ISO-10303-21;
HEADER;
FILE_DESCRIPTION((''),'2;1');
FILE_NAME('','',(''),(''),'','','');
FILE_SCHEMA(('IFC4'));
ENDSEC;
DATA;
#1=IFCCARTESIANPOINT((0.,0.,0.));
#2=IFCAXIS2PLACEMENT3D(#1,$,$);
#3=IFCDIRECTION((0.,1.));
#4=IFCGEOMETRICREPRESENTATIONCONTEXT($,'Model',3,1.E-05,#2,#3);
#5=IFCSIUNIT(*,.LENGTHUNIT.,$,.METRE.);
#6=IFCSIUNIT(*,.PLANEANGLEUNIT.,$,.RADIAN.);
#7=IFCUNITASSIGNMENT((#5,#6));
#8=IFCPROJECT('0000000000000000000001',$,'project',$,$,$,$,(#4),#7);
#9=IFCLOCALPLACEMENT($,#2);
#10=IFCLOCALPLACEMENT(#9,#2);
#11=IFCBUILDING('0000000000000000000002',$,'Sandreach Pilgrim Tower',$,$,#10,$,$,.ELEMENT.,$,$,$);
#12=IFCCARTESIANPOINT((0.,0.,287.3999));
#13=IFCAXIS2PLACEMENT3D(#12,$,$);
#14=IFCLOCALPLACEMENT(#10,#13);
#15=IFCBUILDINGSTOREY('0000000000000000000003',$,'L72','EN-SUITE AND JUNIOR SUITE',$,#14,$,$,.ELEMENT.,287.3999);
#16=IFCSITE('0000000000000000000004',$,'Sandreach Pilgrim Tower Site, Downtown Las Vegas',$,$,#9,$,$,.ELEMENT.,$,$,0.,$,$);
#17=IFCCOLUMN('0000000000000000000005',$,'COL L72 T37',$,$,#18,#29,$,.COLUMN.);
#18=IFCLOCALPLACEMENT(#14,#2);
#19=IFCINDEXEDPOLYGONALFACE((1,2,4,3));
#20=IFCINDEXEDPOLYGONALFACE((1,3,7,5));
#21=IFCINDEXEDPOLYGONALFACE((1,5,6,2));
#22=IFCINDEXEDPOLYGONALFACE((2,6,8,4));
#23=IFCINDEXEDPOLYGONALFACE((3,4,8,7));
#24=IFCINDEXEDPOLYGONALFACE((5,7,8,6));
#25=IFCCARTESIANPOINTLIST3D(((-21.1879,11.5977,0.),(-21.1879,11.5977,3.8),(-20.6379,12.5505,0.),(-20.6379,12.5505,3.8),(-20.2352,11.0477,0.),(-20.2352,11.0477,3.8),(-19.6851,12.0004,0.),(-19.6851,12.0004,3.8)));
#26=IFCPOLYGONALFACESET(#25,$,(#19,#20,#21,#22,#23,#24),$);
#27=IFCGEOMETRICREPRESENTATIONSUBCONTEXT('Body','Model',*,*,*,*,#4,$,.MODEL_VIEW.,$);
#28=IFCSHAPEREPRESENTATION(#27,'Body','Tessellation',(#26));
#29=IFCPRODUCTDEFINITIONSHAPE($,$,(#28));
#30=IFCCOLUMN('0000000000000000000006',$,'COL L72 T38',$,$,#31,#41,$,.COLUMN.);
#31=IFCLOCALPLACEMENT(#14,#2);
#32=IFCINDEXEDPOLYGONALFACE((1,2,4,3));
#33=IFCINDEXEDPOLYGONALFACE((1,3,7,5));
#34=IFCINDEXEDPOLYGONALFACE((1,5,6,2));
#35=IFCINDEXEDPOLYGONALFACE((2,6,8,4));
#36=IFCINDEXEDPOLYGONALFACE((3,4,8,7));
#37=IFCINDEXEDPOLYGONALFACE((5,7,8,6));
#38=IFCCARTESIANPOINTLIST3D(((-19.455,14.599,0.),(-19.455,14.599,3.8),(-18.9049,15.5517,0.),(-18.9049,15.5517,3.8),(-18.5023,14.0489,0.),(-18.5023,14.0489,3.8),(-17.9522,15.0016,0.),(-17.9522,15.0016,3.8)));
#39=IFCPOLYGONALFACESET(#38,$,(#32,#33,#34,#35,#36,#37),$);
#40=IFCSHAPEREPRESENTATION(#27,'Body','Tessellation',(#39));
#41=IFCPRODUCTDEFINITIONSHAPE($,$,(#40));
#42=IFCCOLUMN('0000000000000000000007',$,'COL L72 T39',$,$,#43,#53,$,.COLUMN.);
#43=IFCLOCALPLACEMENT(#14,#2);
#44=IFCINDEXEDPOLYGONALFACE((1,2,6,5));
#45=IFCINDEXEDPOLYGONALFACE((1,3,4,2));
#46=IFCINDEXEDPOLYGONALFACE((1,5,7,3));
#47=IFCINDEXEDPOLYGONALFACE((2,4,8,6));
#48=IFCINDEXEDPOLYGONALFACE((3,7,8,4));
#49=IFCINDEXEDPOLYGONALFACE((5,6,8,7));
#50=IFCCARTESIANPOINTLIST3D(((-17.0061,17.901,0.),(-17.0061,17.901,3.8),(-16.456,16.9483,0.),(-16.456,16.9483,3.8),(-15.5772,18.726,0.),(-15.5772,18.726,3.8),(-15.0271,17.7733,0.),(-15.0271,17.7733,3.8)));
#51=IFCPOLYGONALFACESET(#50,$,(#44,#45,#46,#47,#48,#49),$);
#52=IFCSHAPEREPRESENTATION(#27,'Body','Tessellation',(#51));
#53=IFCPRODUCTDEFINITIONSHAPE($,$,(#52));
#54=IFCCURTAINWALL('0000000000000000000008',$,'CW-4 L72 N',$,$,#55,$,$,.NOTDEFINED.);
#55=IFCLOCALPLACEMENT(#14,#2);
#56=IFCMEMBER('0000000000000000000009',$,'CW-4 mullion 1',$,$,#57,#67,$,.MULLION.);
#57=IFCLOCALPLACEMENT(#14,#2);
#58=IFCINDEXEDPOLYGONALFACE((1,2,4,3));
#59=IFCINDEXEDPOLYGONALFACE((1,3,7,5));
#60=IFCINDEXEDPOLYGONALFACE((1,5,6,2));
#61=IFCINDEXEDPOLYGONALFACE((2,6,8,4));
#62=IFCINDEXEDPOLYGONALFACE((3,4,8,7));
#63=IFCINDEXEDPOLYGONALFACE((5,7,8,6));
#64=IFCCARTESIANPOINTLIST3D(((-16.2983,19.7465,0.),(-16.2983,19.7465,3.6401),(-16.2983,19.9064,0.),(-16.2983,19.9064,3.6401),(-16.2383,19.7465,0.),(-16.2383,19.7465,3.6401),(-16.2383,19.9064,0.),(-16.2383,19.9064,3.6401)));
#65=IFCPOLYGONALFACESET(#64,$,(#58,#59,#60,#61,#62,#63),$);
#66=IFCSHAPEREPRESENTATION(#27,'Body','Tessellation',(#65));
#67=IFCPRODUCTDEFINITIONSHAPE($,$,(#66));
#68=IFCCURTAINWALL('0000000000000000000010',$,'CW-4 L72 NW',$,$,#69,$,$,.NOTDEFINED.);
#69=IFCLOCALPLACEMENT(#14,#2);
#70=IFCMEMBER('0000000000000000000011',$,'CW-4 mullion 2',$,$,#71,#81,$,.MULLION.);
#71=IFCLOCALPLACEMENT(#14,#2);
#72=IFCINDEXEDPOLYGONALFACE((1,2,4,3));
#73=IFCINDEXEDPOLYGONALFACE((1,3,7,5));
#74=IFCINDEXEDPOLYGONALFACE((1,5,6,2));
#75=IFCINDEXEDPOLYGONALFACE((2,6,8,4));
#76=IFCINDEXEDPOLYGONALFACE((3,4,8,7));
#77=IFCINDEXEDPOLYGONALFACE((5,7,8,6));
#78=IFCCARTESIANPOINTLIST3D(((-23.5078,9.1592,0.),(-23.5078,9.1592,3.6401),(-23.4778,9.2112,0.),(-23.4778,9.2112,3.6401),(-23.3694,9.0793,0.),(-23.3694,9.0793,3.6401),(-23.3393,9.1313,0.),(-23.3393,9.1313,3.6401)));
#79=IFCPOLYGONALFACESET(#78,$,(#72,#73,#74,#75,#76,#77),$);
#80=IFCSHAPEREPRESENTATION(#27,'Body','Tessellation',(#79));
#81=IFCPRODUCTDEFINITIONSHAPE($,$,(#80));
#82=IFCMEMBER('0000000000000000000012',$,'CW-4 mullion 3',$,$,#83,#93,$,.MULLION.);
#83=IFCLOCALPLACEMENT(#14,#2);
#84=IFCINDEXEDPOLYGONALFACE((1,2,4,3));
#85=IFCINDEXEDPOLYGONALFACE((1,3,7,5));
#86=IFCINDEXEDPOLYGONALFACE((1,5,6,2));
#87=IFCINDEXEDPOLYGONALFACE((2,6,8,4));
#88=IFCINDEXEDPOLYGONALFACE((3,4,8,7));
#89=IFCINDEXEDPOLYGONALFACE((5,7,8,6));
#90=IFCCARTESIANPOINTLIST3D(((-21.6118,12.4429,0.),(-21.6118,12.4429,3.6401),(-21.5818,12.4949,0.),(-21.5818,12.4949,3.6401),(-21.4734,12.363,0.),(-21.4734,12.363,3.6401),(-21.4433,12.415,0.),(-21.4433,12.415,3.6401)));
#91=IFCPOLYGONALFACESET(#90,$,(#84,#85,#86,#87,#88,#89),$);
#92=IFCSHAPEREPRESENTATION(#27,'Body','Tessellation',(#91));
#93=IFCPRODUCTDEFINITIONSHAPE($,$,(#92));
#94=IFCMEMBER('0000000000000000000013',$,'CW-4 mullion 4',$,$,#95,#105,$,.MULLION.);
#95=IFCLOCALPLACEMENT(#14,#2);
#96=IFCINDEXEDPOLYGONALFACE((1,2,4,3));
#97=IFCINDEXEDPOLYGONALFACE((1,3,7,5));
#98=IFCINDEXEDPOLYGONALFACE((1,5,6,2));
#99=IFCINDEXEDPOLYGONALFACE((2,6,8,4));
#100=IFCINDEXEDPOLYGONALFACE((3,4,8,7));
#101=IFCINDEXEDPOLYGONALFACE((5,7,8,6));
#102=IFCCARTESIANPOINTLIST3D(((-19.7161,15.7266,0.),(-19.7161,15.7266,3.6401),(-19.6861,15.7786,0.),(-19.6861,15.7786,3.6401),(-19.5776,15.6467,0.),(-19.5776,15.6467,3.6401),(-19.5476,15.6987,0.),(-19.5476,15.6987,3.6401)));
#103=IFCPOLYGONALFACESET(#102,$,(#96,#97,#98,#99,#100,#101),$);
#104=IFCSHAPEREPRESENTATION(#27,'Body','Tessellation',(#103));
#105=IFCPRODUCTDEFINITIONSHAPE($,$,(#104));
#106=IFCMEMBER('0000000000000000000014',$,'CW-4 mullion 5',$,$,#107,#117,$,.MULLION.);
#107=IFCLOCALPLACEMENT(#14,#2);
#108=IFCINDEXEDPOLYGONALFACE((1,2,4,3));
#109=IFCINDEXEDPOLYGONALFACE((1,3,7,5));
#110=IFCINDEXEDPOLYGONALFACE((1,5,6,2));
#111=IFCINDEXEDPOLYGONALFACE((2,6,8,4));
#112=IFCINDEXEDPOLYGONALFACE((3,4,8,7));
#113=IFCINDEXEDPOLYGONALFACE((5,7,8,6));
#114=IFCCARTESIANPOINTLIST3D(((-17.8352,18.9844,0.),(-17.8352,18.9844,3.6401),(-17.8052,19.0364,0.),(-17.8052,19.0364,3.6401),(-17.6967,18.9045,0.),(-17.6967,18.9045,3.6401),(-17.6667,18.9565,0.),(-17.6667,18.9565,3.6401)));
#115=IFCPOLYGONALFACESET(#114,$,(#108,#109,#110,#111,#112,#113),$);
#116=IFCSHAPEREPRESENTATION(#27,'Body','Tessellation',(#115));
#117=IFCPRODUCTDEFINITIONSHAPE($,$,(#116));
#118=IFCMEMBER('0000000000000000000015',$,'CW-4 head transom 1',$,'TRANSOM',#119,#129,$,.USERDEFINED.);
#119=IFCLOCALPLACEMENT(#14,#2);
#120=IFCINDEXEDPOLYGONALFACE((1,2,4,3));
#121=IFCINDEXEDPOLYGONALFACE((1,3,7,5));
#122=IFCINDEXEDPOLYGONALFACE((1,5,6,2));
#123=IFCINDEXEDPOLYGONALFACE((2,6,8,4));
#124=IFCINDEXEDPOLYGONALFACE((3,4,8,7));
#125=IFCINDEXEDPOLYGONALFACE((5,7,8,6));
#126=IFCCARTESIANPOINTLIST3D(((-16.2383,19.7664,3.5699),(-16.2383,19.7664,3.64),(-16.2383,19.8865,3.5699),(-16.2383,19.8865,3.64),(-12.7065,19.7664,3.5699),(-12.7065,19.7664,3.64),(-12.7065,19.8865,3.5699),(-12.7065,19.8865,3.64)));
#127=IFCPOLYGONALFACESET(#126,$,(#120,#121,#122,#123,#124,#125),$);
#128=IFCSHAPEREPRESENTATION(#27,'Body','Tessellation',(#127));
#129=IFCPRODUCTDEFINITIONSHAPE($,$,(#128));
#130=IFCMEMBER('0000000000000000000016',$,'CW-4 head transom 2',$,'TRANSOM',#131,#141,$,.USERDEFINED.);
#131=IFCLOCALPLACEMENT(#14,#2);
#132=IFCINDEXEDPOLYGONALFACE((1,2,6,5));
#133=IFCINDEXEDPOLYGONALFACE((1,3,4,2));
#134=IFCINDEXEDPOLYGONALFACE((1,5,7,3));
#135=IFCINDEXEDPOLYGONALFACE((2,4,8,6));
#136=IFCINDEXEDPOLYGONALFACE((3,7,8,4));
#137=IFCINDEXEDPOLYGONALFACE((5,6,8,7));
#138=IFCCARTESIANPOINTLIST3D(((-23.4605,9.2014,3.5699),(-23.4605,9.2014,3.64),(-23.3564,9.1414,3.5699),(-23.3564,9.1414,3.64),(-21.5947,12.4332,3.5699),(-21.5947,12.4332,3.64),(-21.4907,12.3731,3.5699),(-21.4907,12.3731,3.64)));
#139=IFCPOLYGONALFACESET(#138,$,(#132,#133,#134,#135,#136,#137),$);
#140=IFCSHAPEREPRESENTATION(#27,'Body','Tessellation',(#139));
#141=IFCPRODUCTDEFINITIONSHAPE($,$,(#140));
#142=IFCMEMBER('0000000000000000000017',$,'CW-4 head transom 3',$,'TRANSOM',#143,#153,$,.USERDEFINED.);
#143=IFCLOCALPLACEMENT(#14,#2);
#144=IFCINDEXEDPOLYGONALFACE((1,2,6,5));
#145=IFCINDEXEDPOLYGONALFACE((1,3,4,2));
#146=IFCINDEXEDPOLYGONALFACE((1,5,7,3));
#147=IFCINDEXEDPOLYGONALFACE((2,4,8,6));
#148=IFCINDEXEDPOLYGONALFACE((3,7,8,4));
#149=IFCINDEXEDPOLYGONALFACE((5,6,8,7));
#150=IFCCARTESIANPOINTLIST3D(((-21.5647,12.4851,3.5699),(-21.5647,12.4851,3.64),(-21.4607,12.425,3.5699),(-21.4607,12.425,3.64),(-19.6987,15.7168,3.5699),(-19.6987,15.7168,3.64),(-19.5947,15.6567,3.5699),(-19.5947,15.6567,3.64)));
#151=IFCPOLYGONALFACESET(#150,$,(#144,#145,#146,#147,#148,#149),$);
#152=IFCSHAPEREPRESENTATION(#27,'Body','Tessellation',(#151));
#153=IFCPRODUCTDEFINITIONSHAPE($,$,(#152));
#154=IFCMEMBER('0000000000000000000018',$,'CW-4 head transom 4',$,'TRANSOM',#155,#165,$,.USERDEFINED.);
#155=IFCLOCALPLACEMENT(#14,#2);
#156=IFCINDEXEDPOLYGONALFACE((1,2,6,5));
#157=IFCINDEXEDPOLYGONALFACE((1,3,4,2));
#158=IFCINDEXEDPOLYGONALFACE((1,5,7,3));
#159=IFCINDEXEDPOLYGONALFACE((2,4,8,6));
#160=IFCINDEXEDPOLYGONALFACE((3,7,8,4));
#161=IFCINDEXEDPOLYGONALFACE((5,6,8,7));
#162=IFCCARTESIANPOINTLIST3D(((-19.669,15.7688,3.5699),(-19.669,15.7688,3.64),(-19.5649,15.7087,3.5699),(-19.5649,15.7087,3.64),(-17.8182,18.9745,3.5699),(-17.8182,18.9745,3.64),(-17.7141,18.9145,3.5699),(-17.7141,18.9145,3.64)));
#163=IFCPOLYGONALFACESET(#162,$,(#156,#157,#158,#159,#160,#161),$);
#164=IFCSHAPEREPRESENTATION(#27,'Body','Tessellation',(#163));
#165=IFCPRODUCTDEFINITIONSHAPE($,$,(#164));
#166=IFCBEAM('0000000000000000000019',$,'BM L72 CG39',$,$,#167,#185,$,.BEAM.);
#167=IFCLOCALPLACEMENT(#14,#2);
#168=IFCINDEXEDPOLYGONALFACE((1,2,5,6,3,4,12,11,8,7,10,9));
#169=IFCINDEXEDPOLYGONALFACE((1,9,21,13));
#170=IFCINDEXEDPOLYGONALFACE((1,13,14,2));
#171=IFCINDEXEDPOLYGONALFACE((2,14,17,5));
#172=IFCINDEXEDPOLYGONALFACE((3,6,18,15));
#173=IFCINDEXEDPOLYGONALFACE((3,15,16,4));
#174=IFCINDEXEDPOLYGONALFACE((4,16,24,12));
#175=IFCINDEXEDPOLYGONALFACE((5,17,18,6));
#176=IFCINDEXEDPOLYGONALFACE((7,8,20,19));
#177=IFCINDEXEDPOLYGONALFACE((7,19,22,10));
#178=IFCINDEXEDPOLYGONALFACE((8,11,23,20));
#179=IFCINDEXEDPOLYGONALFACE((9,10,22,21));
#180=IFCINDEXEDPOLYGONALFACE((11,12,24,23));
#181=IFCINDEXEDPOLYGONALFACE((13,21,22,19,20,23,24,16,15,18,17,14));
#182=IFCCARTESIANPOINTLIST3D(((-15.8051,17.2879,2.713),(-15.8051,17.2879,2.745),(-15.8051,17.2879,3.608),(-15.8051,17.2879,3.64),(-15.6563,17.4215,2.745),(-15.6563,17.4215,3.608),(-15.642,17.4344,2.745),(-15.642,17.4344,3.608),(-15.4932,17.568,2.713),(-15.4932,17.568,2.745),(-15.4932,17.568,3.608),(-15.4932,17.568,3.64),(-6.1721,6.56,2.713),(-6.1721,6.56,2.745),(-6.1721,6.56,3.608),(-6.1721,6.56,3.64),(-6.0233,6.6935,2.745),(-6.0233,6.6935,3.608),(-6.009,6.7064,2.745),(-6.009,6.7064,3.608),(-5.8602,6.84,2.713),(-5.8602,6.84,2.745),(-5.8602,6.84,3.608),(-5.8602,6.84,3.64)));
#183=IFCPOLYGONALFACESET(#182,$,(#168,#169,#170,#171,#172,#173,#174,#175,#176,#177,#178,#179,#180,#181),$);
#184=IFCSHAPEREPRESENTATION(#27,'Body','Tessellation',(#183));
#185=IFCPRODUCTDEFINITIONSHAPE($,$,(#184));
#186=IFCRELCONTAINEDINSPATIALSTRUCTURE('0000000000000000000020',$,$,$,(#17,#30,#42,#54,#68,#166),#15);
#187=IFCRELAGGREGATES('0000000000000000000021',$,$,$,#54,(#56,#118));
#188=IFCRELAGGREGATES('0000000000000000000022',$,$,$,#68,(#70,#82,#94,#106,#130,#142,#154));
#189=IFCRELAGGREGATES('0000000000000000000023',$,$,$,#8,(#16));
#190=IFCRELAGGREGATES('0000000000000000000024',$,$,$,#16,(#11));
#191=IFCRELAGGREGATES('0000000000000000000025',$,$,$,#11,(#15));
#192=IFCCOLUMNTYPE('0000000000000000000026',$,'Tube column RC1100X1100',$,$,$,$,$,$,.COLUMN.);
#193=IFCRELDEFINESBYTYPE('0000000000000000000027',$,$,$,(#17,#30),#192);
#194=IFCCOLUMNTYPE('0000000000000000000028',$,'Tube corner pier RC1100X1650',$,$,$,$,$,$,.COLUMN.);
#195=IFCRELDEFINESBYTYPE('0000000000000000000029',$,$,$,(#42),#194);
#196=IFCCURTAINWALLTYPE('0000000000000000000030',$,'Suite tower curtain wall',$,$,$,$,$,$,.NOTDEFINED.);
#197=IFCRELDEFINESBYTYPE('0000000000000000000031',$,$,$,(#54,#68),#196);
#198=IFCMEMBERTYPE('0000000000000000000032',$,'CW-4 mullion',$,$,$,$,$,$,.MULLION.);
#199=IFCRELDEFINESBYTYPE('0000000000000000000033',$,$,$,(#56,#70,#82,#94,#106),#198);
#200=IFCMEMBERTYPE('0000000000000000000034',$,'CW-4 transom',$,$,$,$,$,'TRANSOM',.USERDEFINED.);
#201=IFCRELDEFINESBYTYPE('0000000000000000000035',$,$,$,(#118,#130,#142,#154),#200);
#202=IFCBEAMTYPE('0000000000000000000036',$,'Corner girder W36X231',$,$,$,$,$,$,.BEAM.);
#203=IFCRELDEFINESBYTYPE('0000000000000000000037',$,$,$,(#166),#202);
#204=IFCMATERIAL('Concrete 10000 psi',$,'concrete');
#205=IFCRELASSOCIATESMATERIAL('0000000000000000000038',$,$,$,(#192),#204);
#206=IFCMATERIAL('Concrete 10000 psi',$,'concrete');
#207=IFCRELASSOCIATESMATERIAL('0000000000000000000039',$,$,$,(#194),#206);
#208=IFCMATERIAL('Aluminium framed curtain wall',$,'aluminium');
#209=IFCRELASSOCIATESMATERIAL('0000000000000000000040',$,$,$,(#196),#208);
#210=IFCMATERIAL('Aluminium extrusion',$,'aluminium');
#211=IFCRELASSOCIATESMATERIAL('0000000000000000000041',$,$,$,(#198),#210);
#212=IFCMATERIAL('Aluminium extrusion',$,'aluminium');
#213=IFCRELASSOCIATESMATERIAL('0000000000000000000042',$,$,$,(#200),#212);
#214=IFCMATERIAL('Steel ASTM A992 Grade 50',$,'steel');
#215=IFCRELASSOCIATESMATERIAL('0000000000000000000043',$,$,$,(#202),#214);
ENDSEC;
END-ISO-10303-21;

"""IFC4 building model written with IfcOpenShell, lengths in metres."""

from ifc_helpers import new_model, si_unit, direction, frame, origin, origin_2d, place, context, subcontext, project, spatial, rectangle, i_section, extrude, material, material_profile, profile_set, type_object, element, aggregate, save


model = new_model("IFC4")

# Units and contexts
model_context = context("Model", 3, precision=1e-05, world=origin(), true_north=direction((0.0, 1.0)))
body_context = subcontext(model_context, "Body", "Model", "MODEL_VIEW")
ifc_project = project(units=[si_unit("LENGTHUNIT", "METRE"), si_unit("PLANEANGLEUNIT", "RADIAN")], contexts=[model_context])

# Site, building, storey
site_placement = place(None, origin())
site = spatial("IfcSite", under=ifc_project, at=site_placement, Name="Sandreach Pilgrim Tower Site, Downtown Las Vegas", CompositionType="ELEMENT", RefElevation=0.0)
building_placement = place(site_placement, origin())
building = spatial("IfcBuilding", under=site, at=building_placement, Name="Sandreach Pilgrim Tower", CompositionType="ELEMENT")
storey_placement = place(building_placement, frame((0.0, 0.0, 287.3999)))
storey = spatial("IfcBuildingStorey", under=building, at=storey_placement, Name="L72", Description="EN-SUITE AND JUNIOR SUITE", CompositionType="ELEMENT", Elevation=287.3999)

# Columns
ifc_material_1 = material(Name="Concrete 10000 psi", Category="concrete")
ifc_material_profile_1 = material_profile(ifc_material_1, rectangle(XDim=1.1001, YDim=1.1001, at=origin_2d()), Name="RC1100X1100")
ifc_profile_set_1 = profile_set([ifc_material_profile_1], Name="Concrete 10000 psi")
column_type_1 = type_object("IfcColumnType", Name="Tube column RC1100X1100", PredefinedType="COLUMN", material=ifc_profile_set_1)
for number, where, z_axis, x_axis, name in (
    (1, (-20.4365, 11.7991, 0.0), (0.0, 0.0, 1.0), (-0.866025, 0.5, 0.0), "COL L72 T37"),
    (2, (-18.7036, 14.8003, 0.0), (0.0, 0.0, 1.0), (-0.866025, 0.5, 0.0), "COL L72 T38"),
):
    element("IfcColumn", number, at=place(storey_placement, frame(where, z_axis=z_axis, x_axis=x_axis)), inside=storey, type_object=column_type_1, Name=name, PredefinedType="COLUMN", context=body_context, shape_type="SweptSolid", body=[
        extrude(rectangle(XDim=1.1001, YDim=1.1001, at=origin_2d()), origin(), (0.0, 0.0, 1.0), 3.8),
    ])
ifc_material_2 = material(Name="Concrete 10000 psi", Category="concrete")
ifc_material_profile_2 = material_profile(ifc_material_2, rectangle(XDim=1.1001, YDim=1.6499, at=origin_2d()), Name="RC1100X1650")
ifc_profile_set_2 = profile_set([ifc_material_profile_2], Name="Concrete 10000 psi")
column_type_2 = type_object("IfcColumnType", Name="Tube corner pier RC1100X1650", PredefinedType="COLUMN", material=ifc_profile_set_2)
column_placement = place(storey_placement, frame((-16.0166, 17.8372, 0.0), z_axis=(0.0, 0.0, 1.0), x_axis=(-0.5, 0.866025, 0.0)))
element("IfcColumn", 3, at=column_placement, inside=storey, type_object=column_type_2, Name="COL L72 T39", PredefinedType="COLUMN", context=body_context, shape_type="SweptSolid", body=[
    extrude(rectangle(XDim=1.1001, YDim=1.6499, at=origin_2d()), origin(), (0.0, 0.0, 1.0), 3.8),
])

# Curtain wall, member
ifc_material_3 = material(Name="Aluminium framed curtain wall", Category="aluminium")
curtain_wall_type = type_object("IfcCurtainWallType", Name="Suite tower curtain wall", PredefinedType="NOTDEFINED", material=ifc_material_3)
curtain_wall_1_placement = place(storey_placement, origin())
curtain_wall_1 = element("IfcCurtainWall", 4, at=curtain_wall_1_placement, inside=storey, type_object=curtain_wall_type, Name="CW-4 L72 N", PredefinedType="NOTDEFINED")
ifc_material_4 = material(Name="Aluminium extrusion", Category="aluminium")
ifc_material_profile_3 = material_profile(ifc_material_4, rectangle(XDim=0.0601, YDim=0.1599, at=origin_2d()), Name="CW-4M 60X160")
ifc_profile_set_3 = profile_set([ifc_material_profile_3], Name="Aluminium extrusion")
member_type_1 = type_object("IfcMemberType", Name="CW-4 mullion", PredefinedType="MULLION", material=ifc_profile_set_3)
member_1_placement = place(storey_placement, frame((-16.2683, 19.8264, 0.0), z_axis=(0.0, 0.0, 1.0), x_axis=(1.0, 0.0, 0.0)))
member_1 = element("IfcMember", 5, at=member_1_placement, type_object=member_type_1, Name="CW-4 mullion 1", PredefinedType="MULLION", context=body_context, shape_type="SweptSolid", body=[
    extrude(rectangle(XDim=0.0601, YDim=0.1599, at=origin_2d()), origin(), (0.0, 0.0, 1.0), 3.6401),
])

# Curtain wall, members
curtain_wall_2_placement = place(storey_placement, origin())
curtain_wall_2 = element("IfcCurtainWall", 6, at=curtain_wall_2_placement, inside=storey, type_object=curtain_wall_type, Name="CW-4 L72 NW", PredefinedType="NOTDEFINED")
member_2_placement = place(storey_placement, frame((-23.4236, 9.1453, 0.0), z_axis=(0.0, 0.0, 1.0), x_axis=(0.5, 0.866025, 0.0)))
member_2 = element("IfcMember", 7, at=member_2_placement, type_object=member_type_1, Name="CW-4 mullion 2", PredefinedType="MULLION", context=body_context, shape_type="SweptSolid", body=[
    extrude(rectangle(XDim=0.0601, YDim=0.1599, at=origin_2d()), origin(), (0.0, 0.0, 1.0), 3.6401),
])
member_3_placement = place(storey_placement, frame((-21.5276, 12.429, 0.0), z_axis=(0.0, 0.0, 1.0), x_axis=(0.5, 0.866025, 0.0)))
member_3 = element("IfcMember", 8, at=member_3_placement, type_object=member_type_1, Name="CW-4 mullion 3", PredefinedType="MULLION", context=body_context, shape_type="SweptSolid", body=[
    extrude(rectangle(XDim=0.0601, YDim=0.1599, at=origin_2d()), origin(), (0.0, 0.0, 1.0), 3.6401),
])
member_4_placement = place(storey_placement, frame((-19.6318, 15.7126, 0.0), z_axis=(0.0, 0.0, 1.0), x_axis=(0.5, 0.866025, 0.0)))
member_4 = element("IfcMember", 9, at=member_4_placement, type_object=member_type_1, Name="CW-4 mullion 4", PredefinedType="MULLION", context=body_context, shape_type="SweptSolid", body=[
    extrude(rectangle(XDim=0.0601, YDim=0.1599, at=origin_2d()), origin(), (0.0, 0.0, 1.0), 3.6401),
])
member_5_placement = place(storey_placement, frame((-17.751, 18.9705, 0.0), z_axis=(0.0, 0.0, 1.0), x_axis=(0.5, 0.866025, 0.0)))
member_5 = element("IfcMember", 10, at=member_5_placement, type_object=member_type_1, Name="CW-4 mullion 5", PredefinedType="MULLION", context=body_context, shape_type="SweptSolid", body=[
    extrude(rectangle(XDim=0.0601, YDim=0.1599, at=origin_2d()), origin(), (0.0, 0.0, 1.0), 3.6401),
])

# Members
ifc_material_5 = material(Name="Aluminium extrusion", Category="aluminium")
ifc_material_profile_4 = material_profile(ifc_material_5, rectangle(XDim=0.1201, YDim=0.0701, at=origin_2d()), Name="CW-4T 120X70")
ifc_profile_set_4 = profile_set([ifc_material_profile_4], Name="Aluminium extrusion")
member_type_2 = type_object("IfcMemberType", Name="CW-4 transom", ElementType="TRANSOM", PredefinedType="USERDEFINED", material=ifc_profile_set_4)
member_6_placement = place(storey_placement, frame((-16.2383, 19.8264, 3.605), z_axis=(1.0, 0.0, 0.0), x_axis=(0.0, 1.0, 0.0)))
member_6 = element("IfcMember", 11, at=member_6_placement, type_object=member_type_2, Name="CW-4 head transom 1", ObjectType="TRANSOM", PredefinedType="USERDEFINED", context=body_context, shape_type="SweptSolid", body=[
    extrude(rectangle(XDim=0.1201, YDim=0.0701, at=origin_2d()), origin(), (0.0, 0.0, 1.0), 3.5317),
])
aggregate(curtain_wall_1, [member_1, member_6])
member_7_placement = place(storey_placement, frame((-23.4084, 9.1714, 3.605), z_axis=(0.499981, 0.866036, 0.0), x_axis=(-0.866036, 0.499981, 0.0)))
member_7 = element("IfcMember", 12, at=member_7_placement, type_object=member_type_2, Name="CW-4 head transom 2", ObjectType="TRANSOM", PredefinedType="USERDEFINED", context=body_context, shape_type="SweptSolid", body=[
    extrude(rectangle(XDim=0.1201, YDim=0.0701, at=origin_2d()), origin(), (0.0, 0.0, 1.0), 3.7317),
])
member_8_placement = place(storey_placement, frame((-21.5127, 12.4551, 3.605), z_axis=(0.50003, 0.866008, 0.0), x_axis=(-0.866008, 0.50003, 0.0)))
member_8 = element("IfcMember", 13, at=member_8_placement, type_object=member_type_2, Name="CW-4 head transom 3", ObjectType="TRANSOM", PredefinedType="USERDEFINED", context=body_context, shape_type="SweptSolid", body=[
    extrude(rectangle(XDim=0.1201, YDim=0.0701, at=origin_2d()), origin(), (0.0, 0.0, 1.0), 3.7317),
])
member_9_placement = place(storey_placement, frame((-19.6169, 15.7388, 3.605), z_axis=(0.499991, 0.866031, 0.0), x_axis=(-0.866031, 0.499991, 0.0)))
member_9 = element("IfcMember", 14, at=member_9_placement, type_object=member_type_2, Name="CW-4 head transom 4", ObjectType="TRANSOM", PredefinedType="USERDEFINED", context=body_context, shape_type="SweptSolid", body=[
    extrude(rectangle(XDim=0.1201, YDim=0.0701, at=origin_2d()), origin(), (0.0, 0.0, 1.0), 3.7017),
])

# Beam
ifc_material_6 = material(Name="Steel ASTM A992 Grade 50", Category="steel")
ifc_material_profile_5 = material_profile(ifc_material_6, i_section(OverallWidth=0.4192, OverallDepth=0.927, WebThickness=0.0193, FlangeThickness=0.032, at=origin_2d()), Name="W36X231")
ifc_profile_set_5 = profile_set([ifc_material_profile_5], Name="Steel ASTM A992 Grade 50")
beam_type_1 = type_object("IfcBeamType", Name="Corner girder W36X231", PredefinedType="BEAM", material=ifc_profile_set_5)
beam_1_placement = place(storey_placement, frame((-15.6492, 17.428, 3.1765), z_axis=(0.668115, -0.744058, 0.0), x_axis=(0.744058, 0.668115, 0.0)))
element("IfcBeam", 15, at=beam_1_placement, inside=storey, type_object=beam_type_1, Name="BM L72 CG39", PredefinedType="BEAM", context=body_context, shape_type="SweptSolid", body=[
    extrude(i_section(OverallWidth=0.4192, OverallDepth=0.927, WebThickness=0.0193, FlangeThickness=0.032, at=origin_2d()), origin(), (0.0, 0.0, 1.0), 14.4182),
])

aggregate(curtain_wall_2, [member_2, member_3, member_4, member_5, member_7, member_8, member_9])

save(model, "model.ifc")
